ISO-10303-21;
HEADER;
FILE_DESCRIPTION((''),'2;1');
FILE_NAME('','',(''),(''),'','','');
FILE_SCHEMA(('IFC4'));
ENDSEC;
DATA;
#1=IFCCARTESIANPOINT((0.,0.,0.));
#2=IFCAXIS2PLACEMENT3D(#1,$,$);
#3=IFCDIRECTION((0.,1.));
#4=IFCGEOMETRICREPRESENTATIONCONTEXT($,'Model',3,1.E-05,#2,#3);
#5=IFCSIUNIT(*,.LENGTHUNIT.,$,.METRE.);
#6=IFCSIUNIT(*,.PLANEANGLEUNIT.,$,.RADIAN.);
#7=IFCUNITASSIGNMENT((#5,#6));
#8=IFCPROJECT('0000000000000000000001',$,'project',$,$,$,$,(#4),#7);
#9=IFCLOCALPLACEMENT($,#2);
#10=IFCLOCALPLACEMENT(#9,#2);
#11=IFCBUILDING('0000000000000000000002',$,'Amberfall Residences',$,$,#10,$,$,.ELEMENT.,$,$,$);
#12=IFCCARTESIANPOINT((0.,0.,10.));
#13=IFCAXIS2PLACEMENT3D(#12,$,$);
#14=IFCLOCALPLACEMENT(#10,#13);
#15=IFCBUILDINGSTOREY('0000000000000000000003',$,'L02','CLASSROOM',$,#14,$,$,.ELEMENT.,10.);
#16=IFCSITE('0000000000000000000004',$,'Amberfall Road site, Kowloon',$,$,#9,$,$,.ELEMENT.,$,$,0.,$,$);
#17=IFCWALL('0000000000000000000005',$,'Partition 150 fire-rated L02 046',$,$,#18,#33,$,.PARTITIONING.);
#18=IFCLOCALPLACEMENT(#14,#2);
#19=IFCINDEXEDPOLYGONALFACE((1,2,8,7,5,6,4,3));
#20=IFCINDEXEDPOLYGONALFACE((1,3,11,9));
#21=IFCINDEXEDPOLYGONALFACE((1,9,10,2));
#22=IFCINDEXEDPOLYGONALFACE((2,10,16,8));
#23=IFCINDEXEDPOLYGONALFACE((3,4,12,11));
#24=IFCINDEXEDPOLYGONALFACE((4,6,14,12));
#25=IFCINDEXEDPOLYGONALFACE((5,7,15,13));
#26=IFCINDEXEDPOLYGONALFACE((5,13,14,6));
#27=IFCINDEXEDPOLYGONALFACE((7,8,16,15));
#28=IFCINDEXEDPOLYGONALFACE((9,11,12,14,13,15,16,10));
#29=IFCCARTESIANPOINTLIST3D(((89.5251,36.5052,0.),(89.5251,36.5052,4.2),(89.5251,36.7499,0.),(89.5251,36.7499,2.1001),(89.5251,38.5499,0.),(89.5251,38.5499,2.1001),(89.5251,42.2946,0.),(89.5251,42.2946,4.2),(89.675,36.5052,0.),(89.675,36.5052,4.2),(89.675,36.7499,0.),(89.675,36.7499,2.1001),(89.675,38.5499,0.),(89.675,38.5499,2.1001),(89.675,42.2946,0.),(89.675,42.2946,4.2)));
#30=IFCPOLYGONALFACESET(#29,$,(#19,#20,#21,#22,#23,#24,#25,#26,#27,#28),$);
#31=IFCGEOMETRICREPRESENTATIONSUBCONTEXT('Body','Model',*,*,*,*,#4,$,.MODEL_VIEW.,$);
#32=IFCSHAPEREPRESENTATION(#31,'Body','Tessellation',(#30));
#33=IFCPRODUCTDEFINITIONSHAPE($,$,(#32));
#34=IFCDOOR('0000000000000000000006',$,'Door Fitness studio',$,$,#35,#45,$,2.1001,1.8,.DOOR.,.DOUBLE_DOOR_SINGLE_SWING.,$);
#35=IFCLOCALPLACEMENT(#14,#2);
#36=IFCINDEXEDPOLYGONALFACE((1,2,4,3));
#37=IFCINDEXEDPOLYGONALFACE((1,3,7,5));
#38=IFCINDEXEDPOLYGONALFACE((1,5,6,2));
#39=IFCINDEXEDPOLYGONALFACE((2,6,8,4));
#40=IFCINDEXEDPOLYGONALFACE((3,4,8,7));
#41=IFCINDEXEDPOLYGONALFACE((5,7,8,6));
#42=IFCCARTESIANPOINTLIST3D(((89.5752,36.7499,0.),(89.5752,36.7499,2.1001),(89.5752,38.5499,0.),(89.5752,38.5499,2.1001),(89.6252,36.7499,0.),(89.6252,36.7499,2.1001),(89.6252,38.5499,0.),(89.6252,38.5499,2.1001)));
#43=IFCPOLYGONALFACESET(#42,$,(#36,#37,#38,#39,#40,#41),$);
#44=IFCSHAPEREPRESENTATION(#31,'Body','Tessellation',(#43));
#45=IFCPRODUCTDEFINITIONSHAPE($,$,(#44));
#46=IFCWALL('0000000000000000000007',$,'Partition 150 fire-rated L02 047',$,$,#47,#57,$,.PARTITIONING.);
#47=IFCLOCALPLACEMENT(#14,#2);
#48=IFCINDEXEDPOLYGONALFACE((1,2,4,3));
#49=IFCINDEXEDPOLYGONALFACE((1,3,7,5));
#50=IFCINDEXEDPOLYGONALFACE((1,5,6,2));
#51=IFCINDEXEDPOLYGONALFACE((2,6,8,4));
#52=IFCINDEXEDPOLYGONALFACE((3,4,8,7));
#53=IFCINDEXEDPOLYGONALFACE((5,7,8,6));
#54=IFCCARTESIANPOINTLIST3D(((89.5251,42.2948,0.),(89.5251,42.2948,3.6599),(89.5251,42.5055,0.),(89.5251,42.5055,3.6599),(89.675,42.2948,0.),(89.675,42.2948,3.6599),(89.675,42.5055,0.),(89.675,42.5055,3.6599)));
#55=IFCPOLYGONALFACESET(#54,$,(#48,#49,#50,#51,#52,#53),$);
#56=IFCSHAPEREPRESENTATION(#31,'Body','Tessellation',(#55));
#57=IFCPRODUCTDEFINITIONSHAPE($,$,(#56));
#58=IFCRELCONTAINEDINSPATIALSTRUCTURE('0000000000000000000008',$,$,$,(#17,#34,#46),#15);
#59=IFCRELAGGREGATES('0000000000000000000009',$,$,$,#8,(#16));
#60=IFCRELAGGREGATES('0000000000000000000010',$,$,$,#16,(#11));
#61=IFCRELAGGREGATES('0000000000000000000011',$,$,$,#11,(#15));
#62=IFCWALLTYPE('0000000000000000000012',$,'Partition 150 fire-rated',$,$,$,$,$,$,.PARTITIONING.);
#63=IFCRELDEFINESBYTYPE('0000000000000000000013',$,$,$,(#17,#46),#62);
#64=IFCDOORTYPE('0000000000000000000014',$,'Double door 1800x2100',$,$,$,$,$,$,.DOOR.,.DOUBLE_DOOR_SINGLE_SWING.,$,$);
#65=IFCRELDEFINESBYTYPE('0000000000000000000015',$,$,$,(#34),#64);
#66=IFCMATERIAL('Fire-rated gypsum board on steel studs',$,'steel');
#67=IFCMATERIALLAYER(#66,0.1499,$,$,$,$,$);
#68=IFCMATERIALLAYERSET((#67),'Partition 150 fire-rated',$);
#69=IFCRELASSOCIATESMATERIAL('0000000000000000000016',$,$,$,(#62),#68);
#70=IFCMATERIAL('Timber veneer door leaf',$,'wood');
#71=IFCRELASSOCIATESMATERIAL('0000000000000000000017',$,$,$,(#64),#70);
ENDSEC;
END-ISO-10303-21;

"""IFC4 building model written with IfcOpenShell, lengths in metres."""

from ifc_helpers import new_model, si_unit, direction, frame, frame_2d, origin, place, context, subcontext, project, spatial, rectangle, extrude, material, layer, layer_set, type_object, element, fill, save


model = new_model("IFC4")

# Units and contexts
model_context = context("Model", 3, precision=1e-05, world=origin(), true_north=direction((0.0, 1.0)))
body_context = subcontext(model_context, "Body", "Model", "MODEL_VIEW")
ifc_project = project(units=[si_unit("LENGTHUNIT", "METRE"), si_unit("PLANEANGLEUNIT", "RADIAN")], contexts=[model_context])

# Site, building, storey
site_placement = place(None, origin())
site = spatial("IfcSite", under=ifc_project, at=site_placement, Name="Amberfall Road site, Kowloon", CompositionType="ELEMENT", RefElevation=0.0)
building_placement = place(site_placement, origin())
building = spatial("IfcBuilding", under=site, at=building_placement, Name="Amberfall Residences", CompositionType="ELEMENT")
storey_placement = place(building_placement, frame((0.0, 0.0, 10.0)))
storey = spatial("IfcBuildingStorey", under=building, at=storey_placement, Name="L02", Description="CLASSROOM", CompositionType="ELEMENT", Elevation=10.0)

# Shared definitions
ifc_material_1 = material(Name="Fire-rated gypsum board on steel studs", Category="steel")
ifc_layer_1 = layer(ifc_material_1, 0.1499)
ifc_layer_set_1 = layer_set([ifc_layer_1], Name="Partition 150 fire-rated")
wall_type_1 = type_object("IfcWallType", Name="Partition 150 fire-rated", PredefinedType="PARTITIONING", material=ifc_layer_set_1)

# Wall, opening, door
wall_1_placement = place(storey_placement, frame((89.6001, 36.5054, 0.0), z_axis=(0.0, 0.0, 1.0), x_axis=(0.0, 1.0, 0.0)))
wall_1 = element("IfcWall", 1, at=wall_1_placement, inside=storey, type_object=wall_type_1, Name="Partition 150 fire-rated L02 046", PredefinedType="PARTITIONING", context=body_context, shape_type="SweptSolid", body=[
    extrude(rectangle(XDim=5.7893, YDim=0.1499, at=frame_2d((2.8945, 0.0))), origin(), (0.0, 0.0, 1.0), 4.2),
])
opening_placement = place(wall_1_placement, frame((0.2446, 0.0, 0.0)))
opening = element("IfcOpeningElement", 2, at=opening_placement, cuts=wall_1, PredefinedType="OPENING", context=body_context, shape_type="SweptSolid", body=[
    extrude(rectangle(XDim=1.8, YDim=2.1001, at=frame_2d((0.8999, 1.05))), frame((0.0, 0.085, 0.0), z_axis=(0.0, -1.0, 0.0), x_axis=(1.0, 0.0, 0.0)), (0.0, 0.0, 1.0), 0.1699),
])
ifc_material_2 = material(Name="Timber veneer door leaf", Category="wood")
door_type = type_object("IfcDoorType", Name="Double door 1800x2100", OperationType="DOUBLE_DOOR_SINGLE_SWING", PredefinedType="DOOR", material=ifc_material_2)
door_placement = place(opening_placement, origin())
door = element("IfcDoor", 3, at=door_placement, inside=storey, type_object=door_type, Name="Door Fitness studio", OperationType="DOUBLE_DOOR_SINGLE_SWING", OverallHeight=2.1001, OverallWidth=1.8, PredefinedType="DOOR", context=body_context, shape_type="SweptSolid", body=[
    extrude(rectangle(XDim=1.8, YDim=2.1001, at=frame_2d((0.8999, 1.05))), frame((0.0, 0.0249, 0.0), z_axis=(0.0, -1.0, 0.0), x_axis=(1.0, 0.0, 0.0)), (0.0, 0.0, 1.0), 0.05),
])
fill(opening, door)

# Wall
wall_2_placement = place(storey_placement, frame((89.6001, 42.2947, 0.0), z_axis=(0.0, 0.0, 1.0), x_axis=(0.0, 1.0, 0.0)))
element("IfcWall", 4, at=wall_2_placement, inside=storey, type_object=wall_type_1, Name="Partition 150 fire-rated L02 047", PredefinedType="PARTITIONING", context=body_context, shape_type="SweptSolid", body=[
    extrude(rectangle(XDim=0.2107, YDim=0.1499, at=frame_2d((0.1055, 0.0))), origin(), (0.0, 0.0, 1.0), 3.6599),
])

save(model, "model.ifc")
